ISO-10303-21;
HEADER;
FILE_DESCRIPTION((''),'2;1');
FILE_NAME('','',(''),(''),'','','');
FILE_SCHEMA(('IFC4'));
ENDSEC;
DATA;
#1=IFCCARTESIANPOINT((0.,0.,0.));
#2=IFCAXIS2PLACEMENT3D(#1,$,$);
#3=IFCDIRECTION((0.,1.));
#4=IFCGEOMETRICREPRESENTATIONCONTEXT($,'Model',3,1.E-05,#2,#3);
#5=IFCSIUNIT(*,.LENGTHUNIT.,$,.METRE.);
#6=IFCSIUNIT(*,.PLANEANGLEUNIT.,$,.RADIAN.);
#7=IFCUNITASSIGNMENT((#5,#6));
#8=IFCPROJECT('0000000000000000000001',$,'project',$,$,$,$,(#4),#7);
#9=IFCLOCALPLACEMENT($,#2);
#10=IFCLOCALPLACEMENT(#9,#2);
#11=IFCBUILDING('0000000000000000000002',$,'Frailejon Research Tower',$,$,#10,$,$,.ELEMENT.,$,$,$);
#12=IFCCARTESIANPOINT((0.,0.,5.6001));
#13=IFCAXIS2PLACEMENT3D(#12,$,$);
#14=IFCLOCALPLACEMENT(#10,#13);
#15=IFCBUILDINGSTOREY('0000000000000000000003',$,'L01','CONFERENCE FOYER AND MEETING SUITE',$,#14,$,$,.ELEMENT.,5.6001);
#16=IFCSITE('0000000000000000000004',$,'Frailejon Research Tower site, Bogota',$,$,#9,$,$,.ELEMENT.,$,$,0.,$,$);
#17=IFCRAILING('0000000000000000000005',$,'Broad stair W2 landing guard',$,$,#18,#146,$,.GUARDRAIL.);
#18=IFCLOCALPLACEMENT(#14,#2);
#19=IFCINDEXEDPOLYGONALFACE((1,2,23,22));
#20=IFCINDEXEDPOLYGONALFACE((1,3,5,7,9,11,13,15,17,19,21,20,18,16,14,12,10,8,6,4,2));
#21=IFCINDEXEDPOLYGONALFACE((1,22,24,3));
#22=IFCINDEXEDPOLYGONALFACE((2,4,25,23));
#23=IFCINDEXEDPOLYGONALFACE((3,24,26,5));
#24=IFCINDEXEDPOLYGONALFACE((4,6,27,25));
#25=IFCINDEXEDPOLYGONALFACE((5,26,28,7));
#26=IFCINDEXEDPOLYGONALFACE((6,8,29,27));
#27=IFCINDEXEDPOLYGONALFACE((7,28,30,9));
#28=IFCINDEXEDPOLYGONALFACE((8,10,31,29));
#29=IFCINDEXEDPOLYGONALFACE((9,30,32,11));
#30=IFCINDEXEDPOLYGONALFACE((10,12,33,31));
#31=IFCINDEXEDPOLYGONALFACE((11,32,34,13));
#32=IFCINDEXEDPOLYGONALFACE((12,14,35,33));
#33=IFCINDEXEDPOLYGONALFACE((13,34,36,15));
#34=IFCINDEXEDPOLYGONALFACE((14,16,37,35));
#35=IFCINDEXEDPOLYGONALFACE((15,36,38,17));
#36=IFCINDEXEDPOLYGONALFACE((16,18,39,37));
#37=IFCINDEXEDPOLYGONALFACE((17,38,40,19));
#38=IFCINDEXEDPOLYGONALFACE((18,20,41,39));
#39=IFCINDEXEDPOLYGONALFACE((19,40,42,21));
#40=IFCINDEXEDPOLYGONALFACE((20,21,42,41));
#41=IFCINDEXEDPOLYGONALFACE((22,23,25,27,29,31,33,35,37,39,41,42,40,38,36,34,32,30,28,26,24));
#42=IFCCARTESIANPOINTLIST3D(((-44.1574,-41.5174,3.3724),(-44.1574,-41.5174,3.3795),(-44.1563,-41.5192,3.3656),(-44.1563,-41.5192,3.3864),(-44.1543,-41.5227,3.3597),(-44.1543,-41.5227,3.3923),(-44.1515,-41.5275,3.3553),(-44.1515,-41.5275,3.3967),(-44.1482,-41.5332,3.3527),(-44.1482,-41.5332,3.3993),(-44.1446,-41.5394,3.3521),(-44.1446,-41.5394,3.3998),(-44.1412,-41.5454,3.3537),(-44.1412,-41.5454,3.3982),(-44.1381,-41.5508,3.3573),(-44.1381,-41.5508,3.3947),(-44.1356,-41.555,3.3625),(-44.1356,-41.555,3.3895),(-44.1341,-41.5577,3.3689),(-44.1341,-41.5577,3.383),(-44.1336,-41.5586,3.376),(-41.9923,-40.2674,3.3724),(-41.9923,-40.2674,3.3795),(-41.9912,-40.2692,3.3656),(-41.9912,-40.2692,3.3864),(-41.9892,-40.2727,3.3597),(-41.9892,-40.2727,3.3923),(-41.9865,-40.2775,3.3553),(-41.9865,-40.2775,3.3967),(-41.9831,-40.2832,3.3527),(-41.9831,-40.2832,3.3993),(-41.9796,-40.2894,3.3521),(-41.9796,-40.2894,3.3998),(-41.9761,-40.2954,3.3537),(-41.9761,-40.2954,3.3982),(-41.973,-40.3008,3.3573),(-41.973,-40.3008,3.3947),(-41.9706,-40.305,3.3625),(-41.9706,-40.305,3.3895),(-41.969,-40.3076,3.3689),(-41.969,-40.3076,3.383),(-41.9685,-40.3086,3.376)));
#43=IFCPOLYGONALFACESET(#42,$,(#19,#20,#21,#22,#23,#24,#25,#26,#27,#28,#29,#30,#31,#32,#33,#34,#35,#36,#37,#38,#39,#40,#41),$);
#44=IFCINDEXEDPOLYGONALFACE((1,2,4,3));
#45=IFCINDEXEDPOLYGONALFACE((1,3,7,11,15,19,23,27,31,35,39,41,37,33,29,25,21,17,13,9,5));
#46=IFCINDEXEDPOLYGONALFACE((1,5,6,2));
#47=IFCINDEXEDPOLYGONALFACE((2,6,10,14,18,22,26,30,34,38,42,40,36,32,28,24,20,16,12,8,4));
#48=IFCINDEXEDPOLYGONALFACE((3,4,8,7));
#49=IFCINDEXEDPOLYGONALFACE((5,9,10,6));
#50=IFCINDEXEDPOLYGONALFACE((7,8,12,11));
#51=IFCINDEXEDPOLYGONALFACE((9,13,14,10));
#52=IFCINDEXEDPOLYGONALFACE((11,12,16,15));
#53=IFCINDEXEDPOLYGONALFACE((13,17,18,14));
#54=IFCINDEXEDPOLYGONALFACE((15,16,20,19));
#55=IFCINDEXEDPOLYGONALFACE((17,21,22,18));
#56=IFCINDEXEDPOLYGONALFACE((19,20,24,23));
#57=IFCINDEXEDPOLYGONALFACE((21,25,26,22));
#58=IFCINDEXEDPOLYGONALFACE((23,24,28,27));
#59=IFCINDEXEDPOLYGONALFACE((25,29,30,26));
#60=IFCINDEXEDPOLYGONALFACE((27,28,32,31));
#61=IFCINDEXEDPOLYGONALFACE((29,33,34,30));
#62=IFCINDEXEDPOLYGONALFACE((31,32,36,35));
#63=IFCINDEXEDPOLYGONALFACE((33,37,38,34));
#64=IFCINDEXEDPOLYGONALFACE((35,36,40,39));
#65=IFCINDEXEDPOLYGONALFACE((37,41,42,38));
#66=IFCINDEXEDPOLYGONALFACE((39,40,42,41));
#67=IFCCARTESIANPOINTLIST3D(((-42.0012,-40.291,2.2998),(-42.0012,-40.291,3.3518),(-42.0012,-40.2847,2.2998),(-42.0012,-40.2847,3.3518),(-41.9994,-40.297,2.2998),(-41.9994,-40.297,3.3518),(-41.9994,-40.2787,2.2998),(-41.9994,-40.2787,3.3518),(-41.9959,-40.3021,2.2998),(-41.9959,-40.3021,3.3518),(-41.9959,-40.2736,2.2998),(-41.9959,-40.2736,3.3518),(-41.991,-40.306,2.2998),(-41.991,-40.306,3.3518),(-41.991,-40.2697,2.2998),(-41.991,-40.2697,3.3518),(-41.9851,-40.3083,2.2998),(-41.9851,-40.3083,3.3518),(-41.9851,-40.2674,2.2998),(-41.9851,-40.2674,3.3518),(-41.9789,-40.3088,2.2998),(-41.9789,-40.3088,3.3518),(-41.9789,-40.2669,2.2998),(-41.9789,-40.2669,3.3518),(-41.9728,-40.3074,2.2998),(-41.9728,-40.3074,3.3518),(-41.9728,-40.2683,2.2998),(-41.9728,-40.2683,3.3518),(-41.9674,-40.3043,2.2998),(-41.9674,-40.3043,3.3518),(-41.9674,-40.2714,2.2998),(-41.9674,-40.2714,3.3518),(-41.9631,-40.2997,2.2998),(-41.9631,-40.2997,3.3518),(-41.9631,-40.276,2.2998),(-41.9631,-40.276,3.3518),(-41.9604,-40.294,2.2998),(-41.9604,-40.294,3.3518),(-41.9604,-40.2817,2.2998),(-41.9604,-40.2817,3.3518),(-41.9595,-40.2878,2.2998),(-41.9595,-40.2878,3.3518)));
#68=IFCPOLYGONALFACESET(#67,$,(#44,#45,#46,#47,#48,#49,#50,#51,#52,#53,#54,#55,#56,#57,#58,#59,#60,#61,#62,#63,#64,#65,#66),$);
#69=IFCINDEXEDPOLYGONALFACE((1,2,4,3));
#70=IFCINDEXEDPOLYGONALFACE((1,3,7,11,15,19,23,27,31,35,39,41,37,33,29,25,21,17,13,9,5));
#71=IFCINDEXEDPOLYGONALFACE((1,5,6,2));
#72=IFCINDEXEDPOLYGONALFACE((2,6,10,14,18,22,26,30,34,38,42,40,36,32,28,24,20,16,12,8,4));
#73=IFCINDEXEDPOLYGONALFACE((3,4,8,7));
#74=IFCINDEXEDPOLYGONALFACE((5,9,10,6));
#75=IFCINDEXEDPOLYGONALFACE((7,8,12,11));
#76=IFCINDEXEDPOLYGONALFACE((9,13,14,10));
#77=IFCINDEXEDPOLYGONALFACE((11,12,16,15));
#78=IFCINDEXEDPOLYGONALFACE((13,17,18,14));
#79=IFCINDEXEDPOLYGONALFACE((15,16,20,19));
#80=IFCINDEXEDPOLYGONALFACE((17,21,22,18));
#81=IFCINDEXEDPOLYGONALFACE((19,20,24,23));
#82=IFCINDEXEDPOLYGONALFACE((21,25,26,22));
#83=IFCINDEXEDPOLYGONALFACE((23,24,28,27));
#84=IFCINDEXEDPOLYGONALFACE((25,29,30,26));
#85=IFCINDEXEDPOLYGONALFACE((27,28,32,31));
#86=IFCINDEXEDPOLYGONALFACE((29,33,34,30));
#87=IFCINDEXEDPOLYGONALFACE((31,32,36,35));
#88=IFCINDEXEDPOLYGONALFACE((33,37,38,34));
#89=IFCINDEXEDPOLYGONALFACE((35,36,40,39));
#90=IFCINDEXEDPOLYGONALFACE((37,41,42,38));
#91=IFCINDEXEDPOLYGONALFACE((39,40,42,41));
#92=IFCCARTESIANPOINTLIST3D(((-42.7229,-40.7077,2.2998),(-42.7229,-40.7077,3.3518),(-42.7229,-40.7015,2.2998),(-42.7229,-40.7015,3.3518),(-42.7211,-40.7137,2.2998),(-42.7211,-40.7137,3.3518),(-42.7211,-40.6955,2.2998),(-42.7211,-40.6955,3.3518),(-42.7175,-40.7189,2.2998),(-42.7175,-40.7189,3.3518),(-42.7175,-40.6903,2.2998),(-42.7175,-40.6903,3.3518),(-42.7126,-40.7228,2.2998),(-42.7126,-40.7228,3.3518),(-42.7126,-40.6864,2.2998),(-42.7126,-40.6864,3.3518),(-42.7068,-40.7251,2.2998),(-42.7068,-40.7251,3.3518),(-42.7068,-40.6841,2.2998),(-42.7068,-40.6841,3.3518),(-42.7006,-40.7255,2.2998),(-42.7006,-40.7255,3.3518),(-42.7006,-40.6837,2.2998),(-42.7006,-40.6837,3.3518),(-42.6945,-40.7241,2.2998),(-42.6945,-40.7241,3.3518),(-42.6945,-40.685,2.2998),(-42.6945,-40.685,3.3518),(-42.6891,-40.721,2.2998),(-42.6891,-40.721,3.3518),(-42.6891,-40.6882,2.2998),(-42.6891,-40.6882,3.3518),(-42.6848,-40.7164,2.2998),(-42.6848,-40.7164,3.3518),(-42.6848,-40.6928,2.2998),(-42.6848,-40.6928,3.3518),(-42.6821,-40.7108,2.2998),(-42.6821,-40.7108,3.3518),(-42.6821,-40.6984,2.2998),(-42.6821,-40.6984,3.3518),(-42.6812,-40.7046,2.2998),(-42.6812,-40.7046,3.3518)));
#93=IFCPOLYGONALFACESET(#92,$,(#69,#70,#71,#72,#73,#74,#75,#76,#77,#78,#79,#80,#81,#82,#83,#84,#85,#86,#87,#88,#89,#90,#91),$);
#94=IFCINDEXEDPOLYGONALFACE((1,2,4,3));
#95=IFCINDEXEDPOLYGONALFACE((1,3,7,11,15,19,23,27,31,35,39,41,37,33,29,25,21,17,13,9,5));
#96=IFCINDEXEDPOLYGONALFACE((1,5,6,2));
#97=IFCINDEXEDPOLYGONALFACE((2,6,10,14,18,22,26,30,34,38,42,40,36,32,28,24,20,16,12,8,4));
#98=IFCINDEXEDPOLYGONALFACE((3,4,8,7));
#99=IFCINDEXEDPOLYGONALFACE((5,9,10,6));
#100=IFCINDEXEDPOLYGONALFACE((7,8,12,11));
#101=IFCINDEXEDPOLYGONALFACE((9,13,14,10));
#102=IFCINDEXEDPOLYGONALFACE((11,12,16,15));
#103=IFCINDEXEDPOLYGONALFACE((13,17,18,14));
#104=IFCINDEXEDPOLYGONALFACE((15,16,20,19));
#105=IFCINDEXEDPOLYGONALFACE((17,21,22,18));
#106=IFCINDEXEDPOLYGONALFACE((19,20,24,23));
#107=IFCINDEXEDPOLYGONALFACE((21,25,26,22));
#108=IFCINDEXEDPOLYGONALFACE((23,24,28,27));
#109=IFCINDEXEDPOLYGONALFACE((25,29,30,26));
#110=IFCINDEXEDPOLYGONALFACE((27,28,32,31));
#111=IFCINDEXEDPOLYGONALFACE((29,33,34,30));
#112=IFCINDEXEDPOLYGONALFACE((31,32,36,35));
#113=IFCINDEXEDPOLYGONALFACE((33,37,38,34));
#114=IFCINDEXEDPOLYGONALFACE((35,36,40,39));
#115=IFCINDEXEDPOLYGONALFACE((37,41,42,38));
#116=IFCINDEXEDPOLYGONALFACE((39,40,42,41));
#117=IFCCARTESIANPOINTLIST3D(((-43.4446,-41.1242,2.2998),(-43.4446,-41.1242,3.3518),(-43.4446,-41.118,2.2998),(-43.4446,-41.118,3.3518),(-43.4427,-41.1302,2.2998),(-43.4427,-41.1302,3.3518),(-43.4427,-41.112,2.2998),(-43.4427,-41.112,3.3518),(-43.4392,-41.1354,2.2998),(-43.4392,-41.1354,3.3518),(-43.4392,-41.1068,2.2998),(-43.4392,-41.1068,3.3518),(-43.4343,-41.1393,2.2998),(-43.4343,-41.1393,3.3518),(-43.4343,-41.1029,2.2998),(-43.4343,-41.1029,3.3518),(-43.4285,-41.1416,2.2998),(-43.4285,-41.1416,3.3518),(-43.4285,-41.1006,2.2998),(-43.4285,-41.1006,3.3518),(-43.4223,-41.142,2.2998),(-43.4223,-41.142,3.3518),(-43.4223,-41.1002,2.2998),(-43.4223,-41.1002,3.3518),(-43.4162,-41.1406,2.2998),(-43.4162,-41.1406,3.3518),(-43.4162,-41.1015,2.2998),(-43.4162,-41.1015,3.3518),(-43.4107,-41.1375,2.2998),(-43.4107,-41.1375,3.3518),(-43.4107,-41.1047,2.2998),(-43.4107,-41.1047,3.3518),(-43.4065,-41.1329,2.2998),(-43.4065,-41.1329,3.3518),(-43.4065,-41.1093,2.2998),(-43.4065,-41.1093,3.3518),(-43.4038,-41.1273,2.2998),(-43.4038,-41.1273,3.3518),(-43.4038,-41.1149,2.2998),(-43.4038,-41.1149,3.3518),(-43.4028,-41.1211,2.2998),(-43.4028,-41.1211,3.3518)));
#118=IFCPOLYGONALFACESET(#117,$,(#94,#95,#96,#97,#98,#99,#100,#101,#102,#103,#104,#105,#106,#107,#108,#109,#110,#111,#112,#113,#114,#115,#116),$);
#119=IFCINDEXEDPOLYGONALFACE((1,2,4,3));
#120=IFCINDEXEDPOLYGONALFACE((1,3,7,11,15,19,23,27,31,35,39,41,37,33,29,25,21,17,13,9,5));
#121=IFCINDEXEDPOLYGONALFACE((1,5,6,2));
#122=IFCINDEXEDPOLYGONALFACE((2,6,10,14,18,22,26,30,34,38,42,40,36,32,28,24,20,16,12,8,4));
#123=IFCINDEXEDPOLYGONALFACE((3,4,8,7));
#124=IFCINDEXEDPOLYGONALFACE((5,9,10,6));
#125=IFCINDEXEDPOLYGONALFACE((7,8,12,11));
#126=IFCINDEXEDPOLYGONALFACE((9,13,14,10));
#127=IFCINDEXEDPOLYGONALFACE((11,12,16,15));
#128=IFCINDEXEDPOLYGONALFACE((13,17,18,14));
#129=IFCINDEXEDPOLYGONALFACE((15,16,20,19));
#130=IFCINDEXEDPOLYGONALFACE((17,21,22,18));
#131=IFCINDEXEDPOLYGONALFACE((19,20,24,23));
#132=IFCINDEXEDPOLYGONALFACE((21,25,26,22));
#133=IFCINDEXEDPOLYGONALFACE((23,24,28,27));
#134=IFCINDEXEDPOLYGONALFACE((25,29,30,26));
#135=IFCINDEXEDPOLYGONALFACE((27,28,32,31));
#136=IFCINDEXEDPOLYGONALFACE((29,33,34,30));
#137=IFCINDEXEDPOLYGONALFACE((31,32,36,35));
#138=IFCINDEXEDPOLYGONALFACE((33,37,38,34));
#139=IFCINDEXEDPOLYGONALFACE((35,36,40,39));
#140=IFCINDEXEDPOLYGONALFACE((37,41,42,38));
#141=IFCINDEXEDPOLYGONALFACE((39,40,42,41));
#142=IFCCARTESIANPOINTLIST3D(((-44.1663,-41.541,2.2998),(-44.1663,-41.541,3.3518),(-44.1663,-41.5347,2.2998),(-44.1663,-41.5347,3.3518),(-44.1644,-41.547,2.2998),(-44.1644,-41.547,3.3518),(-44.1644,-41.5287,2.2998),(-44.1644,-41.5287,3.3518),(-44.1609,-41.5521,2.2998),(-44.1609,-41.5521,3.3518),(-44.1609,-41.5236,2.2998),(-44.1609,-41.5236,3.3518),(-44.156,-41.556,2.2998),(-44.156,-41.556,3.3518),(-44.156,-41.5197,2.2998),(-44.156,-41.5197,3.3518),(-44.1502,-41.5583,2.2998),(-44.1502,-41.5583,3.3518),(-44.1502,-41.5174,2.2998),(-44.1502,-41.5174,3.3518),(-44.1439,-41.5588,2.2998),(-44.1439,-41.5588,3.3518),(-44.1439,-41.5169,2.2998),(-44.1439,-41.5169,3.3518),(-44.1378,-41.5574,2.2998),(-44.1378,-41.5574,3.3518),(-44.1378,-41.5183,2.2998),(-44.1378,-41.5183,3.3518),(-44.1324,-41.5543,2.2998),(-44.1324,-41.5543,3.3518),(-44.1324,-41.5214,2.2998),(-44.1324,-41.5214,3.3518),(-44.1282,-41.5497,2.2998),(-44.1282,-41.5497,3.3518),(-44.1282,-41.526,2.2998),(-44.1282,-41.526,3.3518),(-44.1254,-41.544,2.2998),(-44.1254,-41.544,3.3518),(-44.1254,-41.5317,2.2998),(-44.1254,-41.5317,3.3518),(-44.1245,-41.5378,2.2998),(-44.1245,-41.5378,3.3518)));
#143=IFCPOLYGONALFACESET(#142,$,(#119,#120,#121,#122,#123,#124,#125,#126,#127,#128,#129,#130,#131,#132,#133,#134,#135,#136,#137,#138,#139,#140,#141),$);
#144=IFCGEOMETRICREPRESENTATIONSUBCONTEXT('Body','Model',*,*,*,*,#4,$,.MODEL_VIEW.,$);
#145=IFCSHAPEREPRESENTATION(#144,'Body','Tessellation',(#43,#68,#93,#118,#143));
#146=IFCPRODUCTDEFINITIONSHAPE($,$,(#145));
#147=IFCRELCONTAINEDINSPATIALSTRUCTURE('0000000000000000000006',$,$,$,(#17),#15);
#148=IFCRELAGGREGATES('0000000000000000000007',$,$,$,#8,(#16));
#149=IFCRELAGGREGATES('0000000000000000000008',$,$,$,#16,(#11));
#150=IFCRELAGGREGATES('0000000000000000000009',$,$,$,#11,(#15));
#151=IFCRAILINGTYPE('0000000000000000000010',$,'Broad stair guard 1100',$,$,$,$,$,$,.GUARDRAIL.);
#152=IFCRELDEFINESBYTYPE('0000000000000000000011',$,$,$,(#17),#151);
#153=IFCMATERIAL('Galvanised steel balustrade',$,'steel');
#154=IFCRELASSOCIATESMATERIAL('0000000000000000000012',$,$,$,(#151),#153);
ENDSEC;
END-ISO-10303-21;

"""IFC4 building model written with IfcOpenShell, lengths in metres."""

from ifc_helpers import new_model, si_unit, direction, frame, origin, origin_2d, place, context, subcontext, project, spatial, circle, extrude, material, type_object, element, save


model = new_model("IFC4")

# Units and contexts
model_context = context("Model", 3, precision=1e-05, world=origin(), true_north=direction((0.0, 1.0)))
body_context = subcontext(model_context, "Body", "Model", "MODEL_VIEW")
ifc_project = project(units=[si_unit("LENGTHUNIT", "METRE"), si_unit("PLANEANGLEUNIT", "RADIAN")], contexts=[model_context])

# Site, building, storey
site_placement = place(None, origin())
site = spatial("IfcSite", under=ifc_project, at=site_placement, Name="Frailejon Research Tower site, Bogota", CompositionType="ELEMENT", RefElevation=0.0)
building_placement = place(site_placement, origin())
building = spatial("IfcBuilding", under=site, at=building_placement, Name="Frailejon Research Tower", CompositionType="ELEMENT")
storey_placement = place(building_placement, frame((0.0, 0.0, 5.6001)))
storey = spatial("IfcBuildingStorey", under=building, at=storey_placement, Name="L01", Description="CONFERENCE FOYER AND MEETING SUITE", CompositionType="ELEMENT", Elevation=5.6001)

# Railing
ifc_material_1 = material(Name="Galvanised steel balustrade", Category="steel")
railing_type_1 = type_object("IfcRailingType", Name="Broad stair guard 1100", PredefinedType="GUARDRAIL", material=ifc_material_1)
railing_1_placement = place(storey_placement, frame((-41.9805, -40.2878, 2.2998)))
element("IfcRailing", 1, at=railing_1_placement, inside=storey, type_object=railing_type_1, Name="Broad stair W2 landing guard", PredefinedType="GUARDRAIL", context=body_context, shape_type="SweptSolid", body=[
    extrude(circle(Radius=0.0239, at=origin_2d()), frame((0.0, 0.0, 1.0762), z_axis=(-0.866023, -0.500004, 0.0), x_axis=(0.500004, -0.866023, 0.0)), (0.0, 0.0, 1.0), 2.5),
    extrude(circle(Radius=0.021, at=origin_2d()), origin(), (0.0, 0.0, 1.0), 1.052),
    extrude(circle(Radius=0.021, at=origin_2d()), frame((-0.7217, -0.4167, 0.0)), (0.0, 0.0, 1.0), 1.052),
    extrude(circle(Radius=0.021, at=origin_2d()), frame((-1.4434, -0.8333, 0.0)), (0.0, 0.0, 1.0), 1.052),
    extrude(circle(Radius=0.021, at=origin_2d()), frame((-2.165, -1.25, 0.0)), (0.0, 0.0, 1.0), 1.052),
])

save(model, "model.ifc")
